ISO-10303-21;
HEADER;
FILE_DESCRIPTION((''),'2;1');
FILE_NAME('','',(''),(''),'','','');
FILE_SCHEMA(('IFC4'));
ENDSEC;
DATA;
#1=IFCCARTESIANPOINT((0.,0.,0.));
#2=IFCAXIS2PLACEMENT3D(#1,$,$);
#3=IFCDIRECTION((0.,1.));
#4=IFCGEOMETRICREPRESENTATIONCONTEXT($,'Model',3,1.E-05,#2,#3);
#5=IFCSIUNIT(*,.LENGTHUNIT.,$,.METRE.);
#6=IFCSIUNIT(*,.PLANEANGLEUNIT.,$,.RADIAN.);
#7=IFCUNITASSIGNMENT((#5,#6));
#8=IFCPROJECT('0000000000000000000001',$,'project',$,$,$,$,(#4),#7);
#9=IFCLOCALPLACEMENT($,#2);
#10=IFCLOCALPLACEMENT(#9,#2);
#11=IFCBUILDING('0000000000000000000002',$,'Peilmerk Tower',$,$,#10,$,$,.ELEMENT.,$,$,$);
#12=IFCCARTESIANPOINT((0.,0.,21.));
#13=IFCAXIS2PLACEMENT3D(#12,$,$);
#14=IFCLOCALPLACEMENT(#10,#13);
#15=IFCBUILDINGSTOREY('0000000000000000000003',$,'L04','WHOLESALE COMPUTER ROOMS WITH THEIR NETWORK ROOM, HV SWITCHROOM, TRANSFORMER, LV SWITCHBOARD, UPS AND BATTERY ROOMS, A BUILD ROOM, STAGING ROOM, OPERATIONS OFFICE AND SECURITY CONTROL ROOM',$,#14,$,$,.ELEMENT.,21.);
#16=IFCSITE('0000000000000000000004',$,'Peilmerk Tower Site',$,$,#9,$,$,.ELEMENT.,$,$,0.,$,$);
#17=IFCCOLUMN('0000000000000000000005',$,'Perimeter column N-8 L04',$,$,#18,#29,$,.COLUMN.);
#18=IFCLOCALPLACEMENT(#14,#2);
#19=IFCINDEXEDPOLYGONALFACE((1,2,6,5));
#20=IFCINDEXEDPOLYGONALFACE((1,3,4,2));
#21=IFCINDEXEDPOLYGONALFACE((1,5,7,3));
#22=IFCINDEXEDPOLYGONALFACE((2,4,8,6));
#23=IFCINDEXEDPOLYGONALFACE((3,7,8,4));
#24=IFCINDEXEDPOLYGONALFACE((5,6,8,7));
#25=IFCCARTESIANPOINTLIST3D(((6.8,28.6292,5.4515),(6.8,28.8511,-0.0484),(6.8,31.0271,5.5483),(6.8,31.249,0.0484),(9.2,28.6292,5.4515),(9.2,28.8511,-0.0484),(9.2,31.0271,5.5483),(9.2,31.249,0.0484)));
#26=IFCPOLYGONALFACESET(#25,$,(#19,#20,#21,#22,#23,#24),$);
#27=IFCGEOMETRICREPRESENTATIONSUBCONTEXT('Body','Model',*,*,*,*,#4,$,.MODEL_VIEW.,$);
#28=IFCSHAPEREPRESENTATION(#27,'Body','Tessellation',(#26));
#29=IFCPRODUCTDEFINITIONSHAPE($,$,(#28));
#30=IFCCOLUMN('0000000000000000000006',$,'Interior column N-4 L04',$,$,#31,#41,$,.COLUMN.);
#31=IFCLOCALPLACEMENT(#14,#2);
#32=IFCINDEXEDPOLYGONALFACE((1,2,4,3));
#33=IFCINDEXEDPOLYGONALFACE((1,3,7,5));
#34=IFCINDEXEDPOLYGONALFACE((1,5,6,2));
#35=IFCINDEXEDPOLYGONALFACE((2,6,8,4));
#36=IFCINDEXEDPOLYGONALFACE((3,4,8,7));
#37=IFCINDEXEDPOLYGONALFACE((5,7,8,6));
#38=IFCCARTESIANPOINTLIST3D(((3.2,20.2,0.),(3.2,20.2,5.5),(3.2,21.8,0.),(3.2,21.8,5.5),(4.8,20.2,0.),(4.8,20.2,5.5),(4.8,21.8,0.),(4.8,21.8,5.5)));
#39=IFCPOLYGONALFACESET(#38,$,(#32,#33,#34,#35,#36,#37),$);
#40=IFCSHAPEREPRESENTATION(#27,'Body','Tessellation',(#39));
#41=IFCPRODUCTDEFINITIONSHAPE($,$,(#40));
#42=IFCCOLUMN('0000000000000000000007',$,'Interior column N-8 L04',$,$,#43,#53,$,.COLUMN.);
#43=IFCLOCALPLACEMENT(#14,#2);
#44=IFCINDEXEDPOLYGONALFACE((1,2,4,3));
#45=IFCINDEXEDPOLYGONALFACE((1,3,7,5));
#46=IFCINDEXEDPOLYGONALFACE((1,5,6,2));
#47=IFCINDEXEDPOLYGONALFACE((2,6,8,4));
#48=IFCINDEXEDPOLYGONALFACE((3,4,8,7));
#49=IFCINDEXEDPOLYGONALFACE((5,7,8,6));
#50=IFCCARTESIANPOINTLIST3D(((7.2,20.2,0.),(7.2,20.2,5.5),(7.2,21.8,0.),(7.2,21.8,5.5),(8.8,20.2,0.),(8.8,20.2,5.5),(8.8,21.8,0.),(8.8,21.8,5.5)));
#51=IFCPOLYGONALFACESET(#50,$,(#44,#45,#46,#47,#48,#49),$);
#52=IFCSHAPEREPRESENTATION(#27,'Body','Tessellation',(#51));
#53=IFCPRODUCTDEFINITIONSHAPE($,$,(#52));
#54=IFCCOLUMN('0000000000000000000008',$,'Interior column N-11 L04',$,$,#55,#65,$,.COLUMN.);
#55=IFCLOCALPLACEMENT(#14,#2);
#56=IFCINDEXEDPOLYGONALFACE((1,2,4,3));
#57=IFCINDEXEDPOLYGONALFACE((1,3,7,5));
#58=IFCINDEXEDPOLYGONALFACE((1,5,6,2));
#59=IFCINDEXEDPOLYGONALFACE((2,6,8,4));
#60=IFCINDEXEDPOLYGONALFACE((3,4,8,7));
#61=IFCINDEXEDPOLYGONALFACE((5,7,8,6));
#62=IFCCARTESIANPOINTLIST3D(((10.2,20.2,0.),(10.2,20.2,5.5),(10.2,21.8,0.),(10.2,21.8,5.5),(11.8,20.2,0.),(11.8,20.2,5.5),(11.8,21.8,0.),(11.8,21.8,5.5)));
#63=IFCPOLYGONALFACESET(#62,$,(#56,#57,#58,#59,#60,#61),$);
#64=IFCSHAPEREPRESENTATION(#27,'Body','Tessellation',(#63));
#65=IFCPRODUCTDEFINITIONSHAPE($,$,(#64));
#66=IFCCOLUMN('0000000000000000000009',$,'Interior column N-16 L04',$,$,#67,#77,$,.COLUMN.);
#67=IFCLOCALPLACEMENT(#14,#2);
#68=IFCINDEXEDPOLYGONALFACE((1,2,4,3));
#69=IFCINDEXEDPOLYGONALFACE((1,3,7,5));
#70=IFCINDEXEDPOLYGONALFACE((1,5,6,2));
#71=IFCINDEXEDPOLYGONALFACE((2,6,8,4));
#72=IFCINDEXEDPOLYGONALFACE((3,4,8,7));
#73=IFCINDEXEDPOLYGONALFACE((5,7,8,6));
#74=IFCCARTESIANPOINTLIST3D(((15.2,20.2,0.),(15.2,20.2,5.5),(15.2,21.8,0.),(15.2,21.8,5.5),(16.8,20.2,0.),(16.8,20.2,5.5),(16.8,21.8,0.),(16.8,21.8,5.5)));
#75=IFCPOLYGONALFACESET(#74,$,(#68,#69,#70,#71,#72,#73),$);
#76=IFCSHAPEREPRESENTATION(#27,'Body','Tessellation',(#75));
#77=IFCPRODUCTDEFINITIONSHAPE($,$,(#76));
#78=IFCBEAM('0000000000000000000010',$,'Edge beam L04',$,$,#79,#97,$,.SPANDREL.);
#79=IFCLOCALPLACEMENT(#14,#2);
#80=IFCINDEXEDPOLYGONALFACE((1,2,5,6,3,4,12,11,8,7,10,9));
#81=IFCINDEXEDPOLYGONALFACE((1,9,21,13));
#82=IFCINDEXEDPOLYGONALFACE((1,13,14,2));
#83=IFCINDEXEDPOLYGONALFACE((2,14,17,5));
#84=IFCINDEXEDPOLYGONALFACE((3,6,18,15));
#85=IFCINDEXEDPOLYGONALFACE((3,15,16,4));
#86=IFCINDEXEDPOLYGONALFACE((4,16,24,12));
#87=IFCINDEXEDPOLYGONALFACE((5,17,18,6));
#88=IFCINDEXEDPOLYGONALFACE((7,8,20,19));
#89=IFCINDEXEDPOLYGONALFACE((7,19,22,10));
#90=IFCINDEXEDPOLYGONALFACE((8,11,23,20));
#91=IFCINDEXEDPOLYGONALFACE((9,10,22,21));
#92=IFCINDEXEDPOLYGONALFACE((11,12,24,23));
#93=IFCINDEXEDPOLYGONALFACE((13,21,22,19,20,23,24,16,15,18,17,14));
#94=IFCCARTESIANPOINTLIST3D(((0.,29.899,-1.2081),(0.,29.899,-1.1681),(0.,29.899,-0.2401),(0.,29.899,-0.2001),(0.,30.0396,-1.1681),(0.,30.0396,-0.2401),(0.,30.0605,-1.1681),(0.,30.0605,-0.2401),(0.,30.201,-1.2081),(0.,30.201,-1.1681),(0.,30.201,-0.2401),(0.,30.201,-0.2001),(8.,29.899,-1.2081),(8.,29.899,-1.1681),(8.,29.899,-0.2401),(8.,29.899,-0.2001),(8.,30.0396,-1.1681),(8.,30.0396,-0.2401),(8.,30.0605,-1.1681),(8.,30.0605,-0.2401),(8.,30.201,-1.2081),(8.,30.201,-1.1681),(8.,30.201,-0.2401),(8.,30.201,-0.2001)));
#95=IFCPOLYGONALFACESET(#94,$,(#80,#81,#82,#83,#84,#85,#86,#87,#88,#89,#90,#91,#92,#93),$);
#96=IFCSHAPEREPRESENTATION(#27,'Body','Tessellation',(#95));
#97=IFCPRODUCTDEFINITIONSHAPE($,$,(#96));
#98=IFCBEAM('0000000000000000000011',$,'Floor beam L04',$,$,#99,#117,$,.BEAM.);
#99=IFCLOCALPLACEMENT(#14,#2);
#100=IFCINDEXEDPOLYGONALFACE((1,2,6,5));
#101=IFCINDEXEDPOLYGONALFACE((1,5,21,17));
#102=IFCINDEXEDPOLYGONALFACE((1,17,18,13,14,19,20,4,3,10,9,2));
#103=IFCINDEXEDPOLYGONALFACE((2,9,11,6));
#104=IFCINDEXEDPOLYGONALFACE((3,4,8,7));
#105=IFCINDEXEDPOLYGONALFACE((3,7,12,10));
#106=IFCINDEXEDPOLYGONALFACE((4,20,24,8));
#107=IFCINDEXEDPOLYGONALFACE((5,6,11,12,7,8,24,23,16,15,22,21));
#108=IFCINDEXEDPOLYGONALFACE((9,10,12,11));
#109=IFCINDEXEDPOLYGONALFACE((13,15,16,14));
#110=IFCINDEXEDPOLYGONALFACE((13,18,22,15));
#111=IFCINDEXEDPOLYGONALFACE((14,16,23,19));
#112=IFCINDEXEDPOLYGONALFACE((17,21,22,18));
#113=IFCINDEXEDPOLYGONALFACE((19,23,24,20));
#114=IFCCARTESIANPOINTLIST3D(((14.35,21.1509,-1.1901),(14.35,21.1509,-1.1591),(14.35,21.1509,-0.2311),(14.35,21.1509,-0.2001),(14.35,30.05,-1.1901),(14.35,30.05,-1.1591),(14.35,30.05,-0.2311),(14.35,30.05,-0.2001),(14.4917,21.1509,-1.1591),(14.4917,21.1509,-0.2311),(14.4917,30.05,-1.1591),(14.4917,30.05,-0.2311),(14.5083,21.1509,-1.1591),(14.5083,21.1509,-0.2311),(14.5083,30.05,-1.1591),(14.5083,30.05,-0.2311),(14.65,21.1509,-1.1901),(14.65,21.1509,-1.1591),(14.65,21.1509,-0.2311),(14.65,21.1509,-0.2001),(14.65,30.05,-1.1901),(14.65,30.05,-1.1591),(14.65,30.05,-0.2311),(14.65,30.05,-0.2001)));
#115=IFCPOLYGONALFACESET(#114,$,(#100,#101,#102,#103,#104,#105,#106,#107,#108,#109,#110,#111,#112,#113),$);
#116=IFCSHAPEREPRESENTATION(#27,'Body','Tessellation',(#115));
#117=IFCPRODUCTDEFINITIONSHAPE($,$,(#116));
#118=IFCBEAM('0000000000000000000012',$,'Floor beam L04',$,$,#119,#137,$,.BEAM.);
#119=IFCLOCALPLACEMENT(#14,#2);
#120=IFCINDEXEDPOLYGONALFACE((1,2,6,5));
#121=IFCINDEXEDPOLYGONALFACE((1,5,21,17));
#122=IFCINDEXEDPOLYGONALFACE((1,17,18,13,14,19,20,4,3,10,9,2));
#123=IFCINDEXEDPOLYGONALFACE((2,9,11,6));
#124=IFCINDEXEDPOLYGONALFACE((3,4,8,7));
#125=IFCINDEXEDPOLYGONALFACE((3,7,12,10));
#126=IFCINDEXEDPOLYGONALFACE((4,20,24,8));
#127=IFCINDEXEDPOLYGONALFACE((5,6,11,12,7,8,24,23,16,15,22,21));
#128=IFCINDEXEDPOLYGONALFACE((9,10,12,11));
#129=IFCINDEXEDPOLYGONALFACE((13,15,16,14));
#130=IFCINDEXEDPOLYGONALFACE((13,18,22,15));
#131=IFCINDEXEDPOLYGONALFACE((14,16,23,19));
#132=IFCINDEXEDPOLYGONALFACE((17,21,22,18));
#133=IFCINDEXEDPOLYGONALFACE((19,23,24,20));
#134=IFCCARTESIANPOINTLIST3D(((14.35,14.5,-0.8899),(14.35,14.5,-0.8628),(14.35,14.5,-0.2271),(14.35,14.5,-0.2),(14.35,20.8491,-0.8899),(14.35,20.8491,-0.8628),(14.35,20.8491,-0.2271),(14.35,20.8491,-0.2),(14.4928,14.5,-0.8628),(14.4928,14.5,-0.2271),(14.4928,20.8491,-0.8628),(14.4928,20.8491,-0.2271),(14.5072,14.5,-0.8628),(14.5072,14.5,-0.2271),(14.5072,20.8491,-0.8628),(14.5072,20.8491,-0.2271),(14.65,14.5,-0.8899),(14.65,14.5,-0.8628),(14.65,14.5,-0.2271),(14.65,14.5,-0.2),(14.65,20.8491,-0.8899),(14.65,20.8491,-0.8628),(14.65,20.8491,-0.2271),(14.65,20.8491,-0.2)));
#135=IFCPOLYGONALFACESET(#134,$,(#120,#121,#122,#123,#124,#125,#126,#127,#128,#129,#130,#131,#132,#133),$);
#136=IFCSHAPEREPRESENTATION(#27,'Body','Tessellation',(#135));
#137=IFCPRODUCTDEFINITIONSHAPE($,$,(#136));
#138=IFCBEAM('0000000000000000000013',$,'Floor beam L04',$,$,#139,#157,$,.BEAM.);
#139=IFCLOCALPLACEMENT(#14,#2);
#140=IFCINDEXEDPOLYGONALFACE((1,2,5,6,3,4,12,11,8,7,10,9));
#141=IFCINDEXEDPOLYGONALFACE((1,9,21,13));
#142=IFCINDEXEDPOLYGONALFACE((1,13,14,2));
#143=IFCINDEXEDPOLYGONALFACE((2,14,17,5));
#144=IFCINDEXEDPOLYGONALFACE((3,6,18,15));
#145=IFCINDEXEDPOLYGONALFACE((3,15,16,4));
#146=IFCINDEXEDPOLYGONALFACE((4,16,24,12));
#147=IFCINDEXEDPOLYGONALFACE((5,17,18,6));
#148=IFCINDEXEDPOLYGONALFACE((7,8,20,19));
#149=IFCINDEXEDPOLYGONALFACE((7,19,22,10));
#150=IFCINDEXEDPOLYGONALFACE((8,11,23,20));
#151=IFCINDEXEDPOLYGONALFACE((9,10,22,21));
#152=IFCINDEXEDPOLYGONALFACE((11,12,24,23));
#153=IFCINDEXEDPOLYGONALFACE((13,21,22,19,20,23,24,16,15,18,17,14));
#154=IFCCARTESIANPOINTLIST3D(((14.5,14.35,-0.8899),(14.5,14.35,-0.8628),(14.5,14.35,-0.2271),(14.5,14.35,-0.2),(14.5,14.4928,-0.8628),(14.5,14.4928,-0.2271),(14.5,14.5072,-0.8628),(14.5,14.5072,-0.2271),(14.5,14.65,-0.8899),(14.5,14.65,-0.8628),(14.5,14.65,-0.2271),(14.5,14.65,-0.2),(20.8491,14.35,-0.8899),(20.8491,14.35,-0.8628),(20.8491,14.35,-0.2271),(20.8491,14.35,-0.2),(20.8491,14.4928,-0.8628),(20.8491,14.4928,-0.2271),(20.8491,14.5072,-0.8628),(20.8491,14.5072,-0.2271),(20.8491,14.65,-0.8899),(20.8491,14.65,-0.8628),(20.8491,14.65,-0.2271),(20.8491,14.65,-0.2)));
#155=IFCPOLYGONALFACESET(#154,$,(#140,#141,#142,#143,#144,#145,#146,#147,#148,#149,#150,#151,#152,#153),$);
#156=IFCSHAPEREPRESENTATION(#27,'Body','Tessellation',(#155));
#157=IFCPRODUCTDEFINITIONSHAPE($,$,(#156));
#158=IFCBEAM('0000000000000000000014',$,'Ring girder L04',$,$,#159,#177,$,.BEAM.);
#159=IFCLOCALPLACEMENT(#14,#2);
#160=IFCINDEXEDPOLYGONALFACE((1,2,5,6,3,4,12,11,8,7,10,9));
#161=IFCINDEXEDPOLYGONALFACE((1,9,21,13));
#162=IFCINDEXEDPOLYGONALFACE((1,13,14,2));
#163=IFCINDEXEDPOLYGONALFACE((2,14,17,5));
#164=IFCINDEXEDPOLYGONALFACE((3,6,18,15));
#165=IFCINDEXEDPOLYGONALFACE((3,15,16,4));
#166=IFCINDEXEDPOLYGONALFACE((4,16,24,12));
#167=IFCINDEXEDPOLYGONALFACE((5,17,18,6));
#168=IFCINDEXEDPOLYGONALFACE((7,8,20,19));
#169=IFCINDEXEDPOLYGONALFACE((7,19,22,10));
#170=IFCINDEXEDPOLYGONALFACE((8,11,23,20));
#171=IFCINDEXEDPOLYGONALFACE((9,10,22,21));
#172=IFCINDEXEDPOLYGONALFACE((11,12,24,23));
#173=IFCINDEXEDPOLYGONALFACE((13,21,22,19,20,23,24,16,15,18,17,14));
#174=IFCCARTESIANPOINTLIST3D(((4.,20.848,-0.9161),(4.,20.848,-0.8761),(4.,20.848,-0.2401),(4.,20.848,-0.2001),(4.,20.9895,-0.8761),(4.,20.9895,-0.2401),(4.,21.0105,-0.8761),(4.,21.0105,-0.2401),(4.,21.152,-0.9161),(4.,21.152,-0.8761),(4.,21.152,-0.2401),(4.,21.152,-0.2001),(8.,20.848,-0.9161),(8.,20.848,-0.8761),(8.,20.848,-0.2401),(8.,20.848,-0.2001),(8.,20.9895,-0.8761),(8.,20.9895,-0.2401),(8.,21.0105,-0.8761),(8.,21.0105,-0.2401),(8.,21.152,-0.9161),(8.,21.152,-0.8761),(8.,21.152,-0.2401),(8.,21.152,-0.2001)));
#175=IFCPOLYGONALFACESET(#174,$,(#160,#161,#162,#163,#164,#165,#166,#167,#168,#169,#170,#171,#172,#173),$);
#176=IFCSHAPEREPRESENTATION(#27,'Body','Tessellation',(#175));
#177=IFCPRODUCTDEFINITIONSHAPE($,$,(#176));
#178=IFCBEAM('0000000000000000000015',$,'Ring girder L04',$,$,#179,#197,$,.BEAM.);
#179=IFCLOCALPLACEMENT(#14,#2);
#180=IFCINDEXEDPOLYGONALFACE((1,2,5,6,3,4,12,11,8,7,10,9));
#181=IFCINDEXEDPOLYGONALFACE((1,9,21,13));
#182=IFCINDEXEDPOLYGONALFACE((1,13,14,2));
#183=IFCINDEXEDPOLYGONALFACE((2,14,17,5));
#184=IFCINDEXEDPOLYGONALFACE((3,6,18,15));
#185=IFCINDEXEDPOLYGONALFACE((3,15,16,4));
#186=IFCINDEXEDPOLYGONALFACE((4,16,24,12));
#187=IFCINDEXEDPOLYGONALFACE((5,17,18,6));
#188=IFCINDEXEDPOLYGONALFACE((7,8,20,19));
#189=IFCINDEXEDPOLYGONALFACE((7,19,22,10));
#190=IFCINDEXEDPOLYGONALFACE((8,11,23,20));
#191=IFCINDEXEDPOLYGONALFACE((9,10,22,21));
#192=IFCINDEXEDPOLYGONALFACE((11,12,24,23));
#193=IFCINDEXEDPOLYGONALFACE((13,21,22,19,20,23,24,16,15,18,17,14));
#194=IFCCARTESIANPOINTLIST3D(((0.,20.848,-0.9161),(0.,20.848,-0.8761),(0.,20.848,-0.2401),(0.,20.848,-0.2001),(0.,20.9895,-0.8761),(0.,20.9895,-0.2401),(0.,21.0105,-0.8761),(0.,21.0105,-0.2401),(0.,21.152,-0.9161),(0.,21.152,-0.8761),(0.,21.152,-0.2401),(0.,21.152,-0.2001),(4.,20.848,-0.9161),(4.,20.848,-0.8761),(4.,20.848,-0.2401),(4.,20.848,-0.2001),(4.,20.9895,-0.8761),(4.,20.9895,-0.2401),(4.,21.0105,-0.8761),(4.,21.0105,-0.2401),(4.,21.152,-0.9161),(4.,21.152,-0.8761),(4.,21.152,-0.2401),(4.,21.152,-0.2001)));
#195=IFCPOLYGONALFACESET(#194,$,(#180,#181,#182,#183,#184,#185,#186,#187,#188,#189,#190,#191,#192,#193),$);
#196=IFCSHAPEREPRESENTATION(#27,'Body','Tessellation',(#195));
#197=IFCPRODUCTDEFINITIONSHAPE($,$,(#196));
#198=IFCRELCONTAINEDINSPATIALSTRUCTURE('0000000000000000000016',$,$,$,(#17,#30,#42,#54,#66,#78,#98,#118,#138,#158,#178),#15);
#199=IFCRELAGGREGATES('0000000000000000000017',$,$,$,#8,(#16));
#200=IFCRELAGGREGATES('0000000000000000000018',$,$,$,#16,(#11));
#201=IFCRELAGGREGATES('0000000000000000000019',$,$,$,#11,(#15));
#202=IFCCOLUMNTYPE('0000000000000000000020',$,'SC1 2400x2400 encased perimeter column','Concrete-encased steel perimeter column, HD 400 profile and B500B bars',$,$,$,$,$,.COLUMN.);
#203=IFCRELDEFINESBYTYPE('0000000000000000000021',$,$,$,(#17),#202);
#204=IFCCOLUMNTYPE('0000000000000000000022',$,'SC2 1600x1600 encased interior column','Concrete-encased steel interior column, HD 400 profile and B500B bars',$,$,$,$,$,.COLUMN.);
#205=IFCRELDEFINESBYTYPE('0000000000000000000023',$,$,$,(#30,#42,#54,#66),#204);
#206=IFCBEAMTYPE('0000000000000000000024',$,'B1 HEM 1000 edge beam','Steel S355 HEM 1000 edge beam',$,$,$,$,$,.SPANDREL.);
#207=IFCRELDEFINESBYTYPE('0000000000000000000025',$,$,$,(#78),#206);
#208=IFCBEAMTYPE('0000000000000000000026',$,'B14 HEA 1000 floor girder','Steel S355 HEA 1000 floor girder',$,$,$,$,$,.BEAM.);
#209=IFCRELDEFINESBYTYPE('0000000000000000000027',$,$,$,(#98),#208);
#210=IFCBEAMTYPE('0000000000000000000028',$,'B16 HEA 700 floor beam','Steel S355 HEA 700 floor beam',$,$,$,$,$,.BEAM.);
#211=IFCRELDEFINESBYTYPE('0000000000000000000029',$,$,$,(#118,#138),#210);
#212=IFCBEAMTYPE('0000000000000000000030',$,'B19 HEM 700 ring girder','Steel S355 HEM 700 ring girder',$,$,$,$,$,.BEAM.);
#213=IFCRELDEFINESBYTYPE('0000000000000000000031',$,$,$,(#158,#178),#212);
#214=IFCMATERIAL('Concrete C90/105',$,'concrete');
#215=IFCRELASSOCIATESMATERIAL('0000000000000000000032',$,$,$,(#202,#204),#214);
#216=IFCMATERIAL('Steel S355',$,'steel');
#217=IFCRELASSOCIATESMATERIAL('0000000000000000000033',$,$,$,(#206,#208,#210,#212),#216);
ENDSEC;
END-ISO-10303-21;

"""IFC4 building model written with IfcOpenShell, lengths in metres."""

from ifc_helpers import new_model, si_unit, direction, frame, origin, origin_2d, place, context, subcontext, project, spatial, rectangle, i_section, extrude, material, material_profile, profile_set, type_object, element, save


model = new_model("IFC4")

# Units and contexts
model_context = context("Model", 3, precision=1e-05, world=origin(), true_north=direction((0.0, 1.0)))
body_context = subcontext(model_context, "Body", "Model", "MODEL_VIEW")
ifc_project = project(units=[si_unit("LENGTHUNIT", "METRE"), si_unit("PLANEANGLEUNIT", "RADIAN")], contexts=[model_context])

# Site, building, storey
site_placement = place(None, origin())
site = spatial("IfcSite", under=ifc_project, at=site_placement, Name="Peilmerk Tower Site", CompositionType="ELEMENT", RefElevation=0.0)
building_placement = place(site_placement, origin())
building = spatial("IfcBuilding", under=site, at=building_placement, Name="Peilmerk Tower", CompositionType="ELEMENT")
storey_placement = place(building_placement, frame((0.0, 0.0, 21.0)))
storey = spatial("IfcBuildingStorey", under=building, at=storey_placement, Name="L04", Description="WHOLESALE COMPUTER ROOMS WITH THEIR NETWORK ROOM, HV SWITCHROOM, TRANSFORMER, LV SWITCHBOARD, UPS AND BATTERY ROOMS, A BUILD ROOM, STAGING ROOM, OPERATIONS OFFICE AND SECURITY CONTROL ROOM", CompositionType="ELEMENT", Elevation=21.0)

# Columns
ifc_material_1 = material(Name="Concrete C90/105", Category="concrete")
ifc_material_profile_1 = material_profile(ifc_material_1, rectangle(XDim=2.3999, YDim=2.3999, at=origin_2d()), Name="RC 2400x2400")
ifc_profile_set_1 = profile_set([ifc_material_profile_1], Name="Concrete C90/105")
column_type_1 = type_object("IfcColumnType", Name="SC1 2400x2400 encased perimeter column", Description="Concrete-encased steel perimeter column, HD 400 profile and B500B bars", PredefinedType="COLUMN", material=ifc_profile_set_1)
column_placement = place(storey_placement, frame((8.0, 30.05, 0.0), z_axis=(0.0, -0.040317, 0.999187), x_axis=(1.0, 0.0, 0.0)))
element("IfcColumn", 1, at=column_placement, inside=storey, type_object=column_type_1, Name="Perimeter column N-8 L04", PredefinedType="COLUMN", context=body_context, shape_type="SweptSolid", body=[
    extrude(rectangle(XDim=2.3999, YDim=2.3999, at=origin_2d()), origin(), (0.0, 0.0, 1.0), 5.5044),
])
ifc_material_profile_2 = material_profile(ifc_material_1, rectangle(XDim=1.6001, YDim=1.6001, at=origin_2d()), Name="RC 1600x1600")
ifc_profile_set_2 = profile_set([ifc_material_profile_2], Name="Concrete C90/105")
column_type_2 = type_object("IfcColumnType", Name="SC2 1600x1600 encased interior column", Description="Concrete-encased steel interior column, HD 400 profile and B500B bars", PredefinedType="COLUMN", material=ifc_profile_set_2)
for number, where, z_axis, x_axis, name in (
    (2, (4.0, 21.0, 0.0), (0.0, 0.0, 1.0), (1.0, 0.0, 0.0), "Interior column N-4 L04"),
    (3, (8.0, 21.0, 0.0), (0.0, 0.0, 1.0), (1.0, 0.0, 0.0), "Interior column N-8 L04"),
    (4, (11.0, 21.0, 0.0), (0.0, 0.0, 1.0), (1.0, 0.0, 0.0), "Interior column N-11 L04"),
    (5, (16.0, 21.0, 0.0), (0.0, 0.0, 1.0), (1.0, 0.0, 0.0), "Interior column N-16 L04"),
):
    element("IfcColumn", number, at=place(storey_placement, frame(where, z_axis=z_axis, x_axis=x_axis)), inside=storey, type_object=column_type_2, Name=name, PredefinedType="COLUMN", context=body_context, shape_type="SweptSolid", body=[
        extrude(rectangle(XDim=1.6001, YDim=1.6001, at=origin_2d()), origin(), (0.0, 0.0, 1.0), 5.5),
    ])

# Beams
ifc_material_2 = material(Name="Steel S355", Category="steel")
ifc_material_profile_3 = material_profile(ifc_material_2, i_section(OverallWidth=0.302, OverallDepth=1.0081, WebThickness=0.021, FlangeThickness=0.04, at=origin_2d()), Name="HEM 1000")
ifc_profile_set_3 = profile_set([ifc_material_profile_3], Name="Steel S355")
beam_type_1 = type_object("IfcBeamType", Name="B1 HEM 1000 edge beam", Description="Steel S355 HEM 1000 edge beam", PredefinedType="SPANDREL", material=ifc_profile_set_3)
beam_1_placement = place(storey_placement, frame((8.0, 30.05, -0.7041), z_axis=(-1.0, 0.0, 0.0), x_axis=(0.0, -1.0, 0.0)))
element("IfcBeam", 6, at=beam_1_placement, inside=storey, type_object=beam_type_1, Name="Edge beam L04", PredefinedType="SPANDREL", context=body_context, shape_type="SweptSolid", body=[
    extrude(i_section(OverallWidth=0.302, OverallDepth=1.0081, WebThickness=0.021, FlangeThickness=0.04, at=origin_2d()), origin(), (0.0, 0.0, 1.0), 8.0),
])
ifc_material_profile_4 = material_profile(ifc_material_2, i_section(OverallWidth=0.3, OverallDepth=0.99, WebThickness=0.0166, FlangeThickness=0.031, at=origin_2d()), Name="HEA 1000")
ifc_profile_set_4 = profile_set([ifc_material_profile_4], Name="Steel S355")
beam_type_2 = type_object("IfcBeamType", Name="B14 HEA 1000 floor girder", Description="Steel S355 HEA 1000 floor girder", PredefinedType="BEAM", material=ifc_profile_set_4)
beam_2_placement = place(storey_placement, frame((14.5, 21.1509, -0.6951), z_axis=(0.0, 1.0, 0.0), x_axis=(-1.0, 0.0, 0.0)))
element("IfcBeam", 7, at=beam_2_placement, inside=storey, type_object=beam_type_2, Name="Floor beam L04", PredefinedType="BEAM", context=body_context, shape_type="SweptSolid", body=[
    extrude(i_section(OverallWidth=0.3, OverallDepth=0.99, WebThickness=0.0166, FlangeThickness=0.031, at=origin_2d()), origin(), (0.0, 0.0, 1.0), 8.8992),
])
ifc_material_profile_5 = material_profile(ifc_material_2, i_section(OverallWidth=0.3, OverallDepth=0.6899, WebThickness=0.0144, FlangeThickness=0.0271, at=origin_2d()), Name="HEA 700")
ifc_profile_set_5 = profile_set([ifc_material_profile_5], Name="Steel S355")
beam_type_3 = type_object("IfcBeamType", Name="B16 HEA 700 floor beam", Description="Steel S355 HEA 700 floor beam", PredefinedType="BEAM", material=ifc_profile_set_5)
for number, where, z_axis, x_axis, name in (
    (8, (14.5, 14.5, -0.5449), (0.0, 1.0, 0.0), (-1.0, 0.0, 0.0), "Floor beam L04"),
    (9, (14.5, 14.5, -0.5449), (1.0, 0.0, 0.0), (0.0, 1.0, 0.0), "Floor beam L04"),
):
    element("IfcBeam", number, at=place(storey_placement, frame(where, z_axis=z_axis, x_axis=x_axis)), inside=storey, type_object=beam_type_3, Name=name, PredefinedType="BEAM", context=body_context, shape_type="SweptSolid", body=[
        extrude(i_section(OverallWidth=0.3, OverallDepth=0.6899, WebThickness=0.0144, FlangeThickness=0.0271, at=origin_2d()), origin(), (0.0, 0.0, 1.0), 6.3491),
    ])
ifc_material_profile_6 = material_profile(ifc_material_2, i_section(OverallWidth=0.304, OverallDepth=0.7161, WebThickness=0.021, FlangeThickness=0.04, at=origin_2d()), Name="HEM 700")
ifc_profile_set_6 = profile_set([ifc_material_profile_6], Name="Steel S355")
beam_type_4 = type_object("IfcBeamType", Name="B19 HEM 700 ring girder", Description="Steel S355 HEM 700 ring girder", PredefinedType="BEAM", material=ifc_profile_set_6)
for number, where, z_axis, x_axis, name in (
    (10, (8.0, 21.0, -0.5581), (-1.0, 0.0, 0.0), (0.0, -1.0, 0.0), "Ring girder L04"),
    (11, (4.0, 21.0, -0.5581), (-1.0, 0.0, 0.0), (0.0, -1.0, 0.0), "Ring girder L04"),
):
    element("IfcBeam", number, at=place(storey_placement, frame(where, z_axis=z_axis, x_axis=x_axis)), inside=storey, type_object=beam_type_4, Name=name, PredefinedType="BEAM", context=body_context, shape_type="SweptSolid", body=[
        extrude(i_section(OverallWidth=0.304, OverallDepth=0.7161, WebThickness=0.021, FlangeThickness=0.04, at=origin_2d()), origin(), (0.0, 0.0, 1.0), 4.0),
    ])

save(model, "model.ifc")
